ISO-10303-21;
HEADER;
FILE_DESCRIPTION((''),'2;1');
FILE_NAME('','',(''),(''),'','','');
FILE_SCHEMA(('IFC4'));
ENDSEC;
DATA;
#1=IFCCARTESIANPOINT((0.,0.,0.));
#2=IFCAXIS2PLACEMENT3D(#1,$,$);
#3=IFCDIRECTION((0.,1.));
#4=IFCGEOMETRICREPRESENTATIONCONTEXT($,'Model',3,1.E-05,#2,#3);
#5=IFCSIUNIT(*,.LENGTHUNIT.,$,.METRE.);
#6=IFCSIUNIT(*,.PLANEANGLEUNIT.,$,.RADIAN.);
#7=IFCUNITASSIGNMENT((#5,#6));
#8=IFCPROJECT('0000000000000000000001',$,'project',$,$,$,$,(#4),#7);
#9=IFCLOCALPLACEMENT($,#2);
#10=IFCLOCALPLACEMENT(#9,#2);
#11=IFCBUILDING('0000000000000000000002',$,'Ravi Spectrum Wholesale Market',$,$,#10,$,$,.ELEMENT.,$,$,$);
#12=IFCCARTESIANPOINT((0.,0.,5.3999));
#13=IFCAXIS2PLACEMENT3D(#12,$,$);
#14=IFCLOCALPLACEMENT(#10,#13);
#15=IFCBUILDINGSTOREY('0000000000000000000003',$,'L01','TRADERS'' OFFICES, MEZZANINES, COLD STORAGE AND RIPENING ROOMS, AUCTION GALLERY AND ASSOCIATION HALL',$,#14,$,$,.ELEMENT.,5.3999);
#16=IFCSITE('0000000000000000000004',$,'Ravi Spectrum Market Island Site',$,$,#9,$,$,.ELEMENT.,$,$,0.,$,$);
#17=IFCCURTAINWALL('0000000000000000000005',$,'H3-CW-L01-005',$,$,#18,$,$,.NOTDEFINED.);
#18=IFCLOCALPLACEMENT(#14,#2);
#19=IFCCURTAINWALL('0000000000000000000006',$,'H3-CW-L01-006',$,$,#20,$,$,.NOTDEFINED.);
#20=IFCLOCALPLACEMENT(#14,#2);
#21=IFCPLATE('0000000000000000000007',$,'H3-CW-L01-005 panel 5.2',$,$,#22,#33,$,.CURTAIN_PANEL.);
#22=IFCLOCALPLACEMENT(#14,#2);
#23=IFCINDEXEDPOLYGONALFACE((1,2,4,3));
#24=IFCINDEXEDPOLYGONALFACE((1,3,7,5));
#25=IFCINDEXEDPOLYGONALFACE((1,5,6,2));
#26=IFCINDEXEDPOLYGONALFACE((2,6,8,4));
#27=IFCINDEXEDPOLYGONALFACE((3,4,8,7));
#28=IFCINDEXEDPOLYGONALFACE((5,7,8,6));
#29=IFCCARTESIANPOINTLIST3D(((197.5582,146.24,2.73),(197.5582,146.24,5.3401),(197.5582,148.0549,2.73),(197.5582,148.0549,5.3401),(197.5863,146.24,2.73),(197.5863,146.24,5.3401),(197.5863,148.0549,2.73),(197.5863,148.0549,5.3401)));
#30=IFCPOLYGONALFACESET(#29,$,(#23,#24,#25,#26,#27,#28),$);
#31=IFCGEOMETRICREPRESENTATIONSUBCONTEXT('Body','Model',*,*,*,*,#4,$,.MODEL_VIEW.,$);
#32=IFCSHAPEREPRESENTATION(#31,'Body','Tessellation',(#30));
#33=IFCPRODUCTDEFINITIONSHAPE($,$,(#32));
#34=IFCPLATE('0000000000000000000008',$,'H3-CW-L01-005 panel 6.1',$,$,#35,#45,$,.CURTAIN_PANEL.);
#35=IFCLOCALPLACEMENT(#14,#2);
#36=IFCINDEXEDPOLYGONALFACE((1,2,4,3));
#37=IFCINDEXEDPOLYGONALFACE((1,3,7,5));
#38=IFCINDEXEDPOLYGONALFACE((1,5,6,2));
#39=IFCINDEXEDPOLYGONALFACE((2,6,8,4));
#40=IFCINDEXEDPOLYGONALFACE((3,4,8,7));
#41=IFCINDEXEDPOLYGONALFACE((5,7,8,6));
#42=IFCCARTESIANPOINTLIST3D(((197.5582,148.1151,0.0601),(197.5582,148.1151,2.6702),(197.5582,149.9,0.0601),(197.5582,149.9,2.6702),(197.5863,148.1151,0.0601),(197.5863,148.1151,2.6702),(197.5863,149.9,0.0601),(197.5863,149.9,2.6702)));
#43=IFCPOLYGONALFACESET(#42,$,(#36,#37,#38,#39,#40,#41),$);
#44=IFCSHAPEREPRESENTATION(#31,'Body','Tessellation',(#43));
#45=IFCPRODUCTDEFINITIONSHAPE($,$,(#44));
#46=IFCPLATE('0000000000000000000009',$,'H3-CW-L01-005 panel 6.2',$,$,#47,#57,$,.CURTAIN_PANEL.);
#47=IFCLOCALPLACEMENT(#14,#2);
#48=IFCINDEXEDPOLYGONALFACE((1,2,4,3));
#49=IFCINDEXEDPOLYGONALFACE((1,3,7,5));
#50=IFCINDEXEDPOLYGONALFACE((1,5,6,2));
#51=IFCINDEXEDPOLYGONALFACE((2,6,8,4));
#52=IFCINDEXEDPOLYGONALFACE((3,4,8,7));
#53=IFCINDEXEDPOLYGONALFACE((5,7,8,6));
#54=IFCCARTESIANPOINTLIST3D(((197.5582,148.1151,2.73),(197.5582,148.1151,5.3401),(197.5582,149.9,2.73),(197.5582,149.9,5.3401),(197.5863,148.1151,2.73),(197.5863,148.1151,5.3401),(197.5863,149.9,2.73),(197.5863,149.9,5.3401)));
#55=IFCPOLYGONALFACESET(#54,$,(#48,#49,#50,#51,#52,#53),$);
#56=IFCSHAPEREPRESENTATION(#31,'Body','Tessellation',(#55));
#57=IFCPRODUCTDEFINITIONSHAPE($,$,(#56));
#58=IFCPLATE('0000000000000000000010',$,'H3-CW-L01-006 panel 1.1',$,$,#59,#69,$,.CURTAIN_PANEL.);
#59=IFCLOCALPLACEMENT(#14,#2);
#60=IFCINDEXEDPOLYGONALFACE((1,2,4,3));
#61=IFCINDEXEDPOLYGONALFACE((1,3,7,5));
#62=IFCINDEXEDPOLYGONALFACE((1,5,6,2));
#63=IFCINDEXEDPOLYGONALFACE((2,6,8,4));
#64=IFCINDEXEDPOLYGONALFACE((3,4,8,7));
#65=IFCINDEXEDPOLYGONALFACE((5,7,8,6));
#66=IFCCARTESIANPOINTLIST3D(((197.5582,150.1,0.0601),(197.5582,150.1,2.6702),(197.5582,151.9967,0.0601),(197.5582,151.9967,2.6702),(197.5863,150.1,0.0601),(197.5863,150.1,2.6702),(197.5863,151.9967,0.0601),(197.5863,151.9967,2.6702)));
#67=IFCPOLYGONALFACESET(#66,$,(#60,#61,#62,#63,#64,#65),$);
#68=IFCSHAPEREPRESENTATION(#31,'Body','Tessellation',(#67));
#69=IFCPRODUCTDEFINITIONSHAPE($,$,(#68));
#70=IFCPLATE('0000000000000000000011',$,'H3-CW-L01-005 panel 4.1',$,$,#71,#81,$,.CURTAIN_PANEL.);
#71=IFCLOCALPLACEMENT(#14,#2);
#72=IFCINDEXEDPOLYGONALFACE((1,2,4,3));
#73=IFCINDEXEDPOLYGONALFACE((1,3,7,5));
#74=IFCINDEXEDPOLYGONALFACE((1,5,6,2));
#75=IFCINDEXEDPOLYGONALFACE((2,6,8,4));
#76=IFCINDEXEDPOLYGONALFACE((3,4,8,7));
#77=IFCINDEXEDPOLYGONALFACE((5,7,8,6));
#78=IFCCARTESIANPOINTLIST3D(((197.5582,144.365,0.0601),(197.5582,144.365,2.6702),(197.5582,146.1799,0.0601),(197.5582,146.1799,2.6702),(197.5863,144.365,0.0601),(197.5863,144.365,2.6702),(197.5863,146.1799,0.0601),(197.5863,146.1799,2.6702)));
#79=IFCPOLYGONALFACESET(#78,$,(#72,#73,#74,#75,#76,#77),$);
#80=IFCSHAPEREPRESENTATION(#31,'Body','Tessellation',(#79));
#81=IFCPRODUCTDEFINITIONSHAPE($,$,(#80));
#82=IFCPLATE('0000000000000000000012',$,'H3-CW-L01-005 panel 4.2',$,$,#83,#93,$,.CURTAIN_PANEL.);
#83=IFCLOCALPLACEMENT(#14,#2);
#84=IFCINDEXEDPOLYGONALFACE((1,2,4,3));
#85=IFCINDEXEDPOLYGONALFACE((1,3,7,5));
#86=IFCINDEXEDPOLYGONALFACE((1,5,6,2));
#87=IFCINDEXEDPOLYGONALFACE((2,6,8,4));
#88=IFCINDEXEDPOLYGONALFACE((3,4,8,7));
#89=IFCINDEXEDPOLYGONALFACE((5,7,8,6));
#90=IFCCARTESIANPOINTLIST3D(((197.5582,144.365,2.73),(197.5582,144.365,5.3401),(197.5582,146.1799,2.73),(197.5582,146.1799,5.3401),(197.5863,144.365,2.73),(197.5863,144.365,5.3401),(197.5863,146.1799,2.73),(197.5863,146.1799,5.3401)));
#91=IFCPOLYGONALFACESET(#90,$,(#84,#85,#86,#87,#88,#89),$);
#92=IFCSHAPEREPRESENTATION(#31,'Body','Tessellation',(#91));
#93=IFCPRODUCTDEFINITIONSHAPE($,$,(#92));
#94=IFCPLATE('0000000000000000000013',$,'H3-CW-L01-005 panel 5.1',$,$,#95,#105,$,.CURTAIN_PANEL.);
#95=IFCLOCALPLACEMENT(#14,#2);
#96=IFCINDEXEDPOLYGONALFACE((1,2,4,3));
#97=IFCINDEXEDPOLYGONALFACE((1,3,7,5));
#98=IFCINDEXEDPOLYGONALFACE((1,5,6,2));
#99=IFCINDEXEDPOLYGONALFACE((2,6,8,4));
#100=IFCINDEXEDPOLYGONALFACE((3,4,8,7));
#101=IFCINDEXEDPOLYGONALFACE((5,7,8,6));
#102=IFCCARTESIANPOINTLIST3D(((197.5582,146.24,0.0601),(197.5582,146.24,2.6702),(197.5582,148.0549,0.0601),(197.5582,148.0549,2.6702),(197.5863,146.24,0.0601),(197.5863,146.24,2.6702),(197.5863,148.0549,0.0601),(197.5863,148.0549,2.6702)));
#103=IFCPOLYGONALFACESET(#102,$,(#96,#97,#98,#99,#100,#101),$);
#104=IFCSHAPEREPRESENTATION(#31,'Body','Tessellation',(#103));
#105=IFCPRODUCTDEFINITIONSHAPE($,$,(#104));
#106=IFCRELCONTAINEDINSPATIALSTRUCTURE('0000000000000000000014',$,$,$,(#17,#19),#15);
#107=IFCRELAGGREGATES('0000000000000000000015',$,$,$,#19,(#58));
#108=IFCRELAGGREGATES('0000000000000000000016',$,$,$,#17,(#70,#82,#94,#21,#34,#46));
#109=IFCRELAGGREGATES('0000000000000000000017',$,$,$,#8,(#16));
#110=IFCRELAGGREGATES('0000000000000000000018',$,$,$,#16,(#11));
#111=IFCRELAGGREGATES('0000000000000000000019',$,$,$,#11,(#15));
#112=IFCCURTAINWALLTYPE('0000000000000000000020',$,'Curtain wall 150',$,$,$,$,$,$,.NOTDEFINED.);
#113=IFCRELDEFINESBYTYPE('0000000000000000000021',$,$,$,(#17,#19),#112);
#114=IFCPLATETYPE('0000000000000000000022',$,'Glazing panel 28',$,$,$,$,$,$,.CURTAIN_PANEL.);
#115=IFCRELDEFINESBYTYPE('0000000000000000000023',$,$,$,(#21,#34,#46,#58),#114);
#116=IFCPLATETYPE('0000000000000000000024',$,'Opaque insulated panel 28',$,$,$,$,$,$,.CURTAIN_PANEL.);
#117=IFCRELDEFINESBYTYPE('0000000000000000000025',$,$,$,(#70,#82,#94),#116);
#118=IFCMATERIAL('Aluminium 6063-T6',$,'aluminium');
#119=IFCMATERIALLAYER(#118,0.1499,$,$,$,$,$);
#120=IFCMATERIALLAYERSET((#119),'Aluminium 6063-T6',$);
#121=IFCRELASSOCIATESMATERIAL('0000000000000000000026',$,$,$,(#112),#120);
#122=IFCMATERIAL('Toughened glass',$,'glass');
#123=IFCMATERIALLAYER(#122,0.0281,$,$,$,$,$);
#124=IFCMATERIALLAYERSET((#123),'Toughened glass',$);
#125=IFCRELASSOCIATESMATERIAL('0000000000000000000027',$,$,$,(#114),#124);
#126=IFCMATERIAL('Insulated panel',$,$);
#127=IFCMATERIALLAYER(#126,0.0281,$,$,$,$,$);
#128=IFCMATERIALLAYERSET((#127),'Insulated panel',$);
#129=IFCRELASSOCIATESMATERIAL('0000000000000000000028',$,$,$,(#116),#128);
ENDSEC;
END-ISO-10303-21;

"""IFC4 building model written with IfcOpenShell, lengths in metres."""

from ifc_helpers import new_model, si_unit, direction, frame, origin, origin_2d, place, context, subcontext, project, spatial, rectangle, extrude, material, layer, layer_set, type_object, element, aggregate, save


model = new_model("IFC4")

# Units and contexts
model_context = context("Model", 3, precision=1e-05, world=origin(), true_north=direction((0.0, 1.0)))
body_context = subcontext(model_context, "Body", "Model", "MODEL_VIEW")
ifc_project = project(units=[si_unit("LENGTHUNIT", "METRE"), si_unit("PLANEANGLEUNIT", "RADIAN")], contexts=[model_context])

# Site, building, storey
site_placement = place(None, origin())
site = spatial("IfcSite", under=ifc_project, at=site_placement, Name="Ravi Spectrum Market Island Site", CompositionType="ELEMENT", RefElevation=0.0)
building_placement = place(site_placement, origin())
building = spatial("IfcBuilding", under=site, at=building_placement, Name="Ravi Spectrum Wholesale Market", CompositionType="ELEMENT")
storey_placement = place(building_placement, frame((0.0, 0.0, 5.3999)))
storey = spatial("IfcBuildingStorey", under=building, at=storey_placement, Name="L01", Description="TRADERS' OFFICES, MEZZANINES, COLD STORAGE AND RIPENING ROOMS, AUCTION GALLERY AND ASSOCIATION HALL", CompositionType="ELEMENT", Elevation=5.3999)

# Curtain wall
ifc_material_1 = material(Name="Aluminium 6063-T6", Category="aluminium")
ifc_layer_1 = layer(ifc_material_1, 0.1499)
ifc_layer_set_1 = layer_set([ifc_layer_1], Name="Aluminium 6063-T6")
curtain_wall_type = type_object("IfcCurtainWallType", Name="Curtain wall 150", PredefinedType="NOTDEFINED", material=ifc_layer_set_1)
curtain_wall_1_placement = place(storey_placement, origin())
curtain_wall_1 = element("IfcCurtainWall", 1, at=curtain_wall_1_placement, inside=storey, type_object=curtain_wall_type, Name="H3-CW-L01-005", PredefinedType="NOTDEFINED")

# Curtain wall
curtain_wall_2_placement = place(storey_placement, origin())
curtain_wall_2 = element("IfcCurtainWall", 2, at=curtain_wall_2_placement, inside=storey, type_object=curtain_wall_type, Name="H3-CW-L01-006", PredefinedType="NOTDEFINED")

# Plates
ifc_material_2 = material(Name="Toughened glass", Category="glass")
ifc_layer_2 = layer(ifc_material_2, 0.0281)
ifc_layer_set_2 = layer_set([ifc_layer_2], Name="Toughened glass")
plate_type_1 = type_object("IfcPlateType", Name="Glazing panel 28", PredefinedType="CURTAIN_PANEL", material=ifc_layer_set_2)
plate_1_placement = place(storey_placement, frame((197.5723, 147.1475, 2.73), z_axis=(0.0, 0.0, 1.0), x_axis=(0.0, 1.0, 0.0)))
plate_1 = element("IfcPlate", 3, at=plate_1_placement, type_object=plate_type_1, Name="H3-CW-L01-005 panel 5.2", PredefinedType="CURTAIN_PANEL", context=body_context, shape_type="SweptSolid", body=[
    extrude(rectangle(XDim=1.8149, YDim=0.0281, at=origin_2d()), origin(), (0.0, 0.0, 1.0), 2.6101),
])
plate_2_placement = place(storey_placement, frame((197.5723, 149.0076, 0.0601), z_axis=(0.0, 0.0, 1.0), x_axis=(0.0, 1.0, 0.0)))
plate_2 = element("IfcPlate", 4, at=plate_2_placement, type_object=plate_type_1, Name="H3-CW-L01-005 panel 6.1", PredefinedType="CURTAIN_PANEL", context=body_context, shape_type="SweptSolid", body=[
    extrude(rectangle(XDim=1.7849, YDim=0.0281, at=origin_2d()), origin(), (0.0, 0.0, 1.0), 2.6101),
])
plate_3_placement = place(storey_placement, frame((197.5723, 149.0076, 2.73), z_axis=(0.0, 0.0, 1.0), x_axis=(0.0, 1.0, 0.0)))
plate_3 = element("IfcPlate", 5, at=plate_3_placement, type_object=plate_type_1, Name="H3-CW-L01-005 panel 6.2", PredefinedType="CURTAIN_PANEL", context=body_context, shape_type="SweptSolid", body=[
    extrude(rectangle(XDim=1.7849, YDim=0.0281, at=origin_2d()), origin(), (0.0, 0.0, 1.0), 2.6101),
])
plate_4_placement = place(storey_placement, frame((197.5723, 151.0483, 0.0601), z_axis=(0.0, 0.0, 1.0), x_axis=(0.0, 1.0, 0.0)))
plate_4 = element("IfcPlate", 6, at=plate_4_placement, type_object=plate_type_1, Name="H3-CW-L01-006 panel 1.1", PredefinedType="CURTAIN_PANEL", context=body_context, shape_type="SweptSolid", body=[
    extrude(rectangle(XDim=1.8967, YDim=0.0281, at=origin_2d()), origin(), (0.0, 0.0, 1.0), 2.6101),
])
aggregate(curtain_wall_2, [plate_4])
ifc_material_3 = material(Name="Insulated panel")
ifc_layer_3 = layer(ifc_material_3, 0.0281)
ifc_layer_set_3 = layer_set([ifc_layer_3], Name="Insulated panel")
plate_type_2 = type_object("IfcPlateType", Name="Opaque insulated panel 28", PredefinedType="CURTAIN_PANEL", material=ifc_layer_set_3)
plate_5_placement = place(storey_placement, frame((197.5723, 145.2725, 0.0601), z_axis=(0.0, 0.0, 1.0), x_axis=(0.0, 1.0, 0.0)))
plate_5 = element("IfcPlate", 7, at=plate_5_placement, type_object=plate_type_2, Name="H3-CW-L01-005 panel 4.1", PredefinedType="CURTAIN_PANEL", context=body_context, shape_type="SweptSolid", body=[
    extrude(rectangle(XDim=1.8149, YDim=0.0281, at=origin_2d()), origin(), (0.0, 0.0, 1.0), 2.6101),
])
plate_6_placement = place(storey_placement, frame((197.5723, 145.2725, 2.73), z_axis=(0.0, 0.0, 1.0), x_axis=(0.0, 1.0, 0.0)))
plate_6 = element("IfcPlate", 8, at=plate_6_placement, type_object=plate_type_2, Name="H3-CW-L01-005 panel 4.2", PredefinedType="CURTAIN_PANEL", context=body_context, shape_type="SweptSolid", body=[
    extrude(rectangle(XDim=1.8149, YDim=0.0281, at=origin_2d()), origin(), (0.0, 0.0, 1.0), 2.6101),
])
plate_7_placement = place(storey_placement, frame((197.5723, 147.1475, 0.0601), z_axis=(0.0, 0.0, 1.0), x_axis=(0.0, 1.0, 0.0)))
plate_7 = element("IfcPlate", 9, at=plate_7_placement, type_object=plate_type_2, Name="H3-CW-L01-005 panel 5.1", PredefinedType="CURTAIN_PANEL", context=body_context, shape_type="SweptSolid", body=[
    extrude(rectangle(XDim=1.8149, YDim=0.0281, at=origin_2d()), origin(), (0.0, 0.0, 1.0), 2.6101),
])
aggregate(curtain_wall_1, [plate_5, plate_6, plate_7, plate_1, plate_2, plate_3])

save(model, "model.ifc")
